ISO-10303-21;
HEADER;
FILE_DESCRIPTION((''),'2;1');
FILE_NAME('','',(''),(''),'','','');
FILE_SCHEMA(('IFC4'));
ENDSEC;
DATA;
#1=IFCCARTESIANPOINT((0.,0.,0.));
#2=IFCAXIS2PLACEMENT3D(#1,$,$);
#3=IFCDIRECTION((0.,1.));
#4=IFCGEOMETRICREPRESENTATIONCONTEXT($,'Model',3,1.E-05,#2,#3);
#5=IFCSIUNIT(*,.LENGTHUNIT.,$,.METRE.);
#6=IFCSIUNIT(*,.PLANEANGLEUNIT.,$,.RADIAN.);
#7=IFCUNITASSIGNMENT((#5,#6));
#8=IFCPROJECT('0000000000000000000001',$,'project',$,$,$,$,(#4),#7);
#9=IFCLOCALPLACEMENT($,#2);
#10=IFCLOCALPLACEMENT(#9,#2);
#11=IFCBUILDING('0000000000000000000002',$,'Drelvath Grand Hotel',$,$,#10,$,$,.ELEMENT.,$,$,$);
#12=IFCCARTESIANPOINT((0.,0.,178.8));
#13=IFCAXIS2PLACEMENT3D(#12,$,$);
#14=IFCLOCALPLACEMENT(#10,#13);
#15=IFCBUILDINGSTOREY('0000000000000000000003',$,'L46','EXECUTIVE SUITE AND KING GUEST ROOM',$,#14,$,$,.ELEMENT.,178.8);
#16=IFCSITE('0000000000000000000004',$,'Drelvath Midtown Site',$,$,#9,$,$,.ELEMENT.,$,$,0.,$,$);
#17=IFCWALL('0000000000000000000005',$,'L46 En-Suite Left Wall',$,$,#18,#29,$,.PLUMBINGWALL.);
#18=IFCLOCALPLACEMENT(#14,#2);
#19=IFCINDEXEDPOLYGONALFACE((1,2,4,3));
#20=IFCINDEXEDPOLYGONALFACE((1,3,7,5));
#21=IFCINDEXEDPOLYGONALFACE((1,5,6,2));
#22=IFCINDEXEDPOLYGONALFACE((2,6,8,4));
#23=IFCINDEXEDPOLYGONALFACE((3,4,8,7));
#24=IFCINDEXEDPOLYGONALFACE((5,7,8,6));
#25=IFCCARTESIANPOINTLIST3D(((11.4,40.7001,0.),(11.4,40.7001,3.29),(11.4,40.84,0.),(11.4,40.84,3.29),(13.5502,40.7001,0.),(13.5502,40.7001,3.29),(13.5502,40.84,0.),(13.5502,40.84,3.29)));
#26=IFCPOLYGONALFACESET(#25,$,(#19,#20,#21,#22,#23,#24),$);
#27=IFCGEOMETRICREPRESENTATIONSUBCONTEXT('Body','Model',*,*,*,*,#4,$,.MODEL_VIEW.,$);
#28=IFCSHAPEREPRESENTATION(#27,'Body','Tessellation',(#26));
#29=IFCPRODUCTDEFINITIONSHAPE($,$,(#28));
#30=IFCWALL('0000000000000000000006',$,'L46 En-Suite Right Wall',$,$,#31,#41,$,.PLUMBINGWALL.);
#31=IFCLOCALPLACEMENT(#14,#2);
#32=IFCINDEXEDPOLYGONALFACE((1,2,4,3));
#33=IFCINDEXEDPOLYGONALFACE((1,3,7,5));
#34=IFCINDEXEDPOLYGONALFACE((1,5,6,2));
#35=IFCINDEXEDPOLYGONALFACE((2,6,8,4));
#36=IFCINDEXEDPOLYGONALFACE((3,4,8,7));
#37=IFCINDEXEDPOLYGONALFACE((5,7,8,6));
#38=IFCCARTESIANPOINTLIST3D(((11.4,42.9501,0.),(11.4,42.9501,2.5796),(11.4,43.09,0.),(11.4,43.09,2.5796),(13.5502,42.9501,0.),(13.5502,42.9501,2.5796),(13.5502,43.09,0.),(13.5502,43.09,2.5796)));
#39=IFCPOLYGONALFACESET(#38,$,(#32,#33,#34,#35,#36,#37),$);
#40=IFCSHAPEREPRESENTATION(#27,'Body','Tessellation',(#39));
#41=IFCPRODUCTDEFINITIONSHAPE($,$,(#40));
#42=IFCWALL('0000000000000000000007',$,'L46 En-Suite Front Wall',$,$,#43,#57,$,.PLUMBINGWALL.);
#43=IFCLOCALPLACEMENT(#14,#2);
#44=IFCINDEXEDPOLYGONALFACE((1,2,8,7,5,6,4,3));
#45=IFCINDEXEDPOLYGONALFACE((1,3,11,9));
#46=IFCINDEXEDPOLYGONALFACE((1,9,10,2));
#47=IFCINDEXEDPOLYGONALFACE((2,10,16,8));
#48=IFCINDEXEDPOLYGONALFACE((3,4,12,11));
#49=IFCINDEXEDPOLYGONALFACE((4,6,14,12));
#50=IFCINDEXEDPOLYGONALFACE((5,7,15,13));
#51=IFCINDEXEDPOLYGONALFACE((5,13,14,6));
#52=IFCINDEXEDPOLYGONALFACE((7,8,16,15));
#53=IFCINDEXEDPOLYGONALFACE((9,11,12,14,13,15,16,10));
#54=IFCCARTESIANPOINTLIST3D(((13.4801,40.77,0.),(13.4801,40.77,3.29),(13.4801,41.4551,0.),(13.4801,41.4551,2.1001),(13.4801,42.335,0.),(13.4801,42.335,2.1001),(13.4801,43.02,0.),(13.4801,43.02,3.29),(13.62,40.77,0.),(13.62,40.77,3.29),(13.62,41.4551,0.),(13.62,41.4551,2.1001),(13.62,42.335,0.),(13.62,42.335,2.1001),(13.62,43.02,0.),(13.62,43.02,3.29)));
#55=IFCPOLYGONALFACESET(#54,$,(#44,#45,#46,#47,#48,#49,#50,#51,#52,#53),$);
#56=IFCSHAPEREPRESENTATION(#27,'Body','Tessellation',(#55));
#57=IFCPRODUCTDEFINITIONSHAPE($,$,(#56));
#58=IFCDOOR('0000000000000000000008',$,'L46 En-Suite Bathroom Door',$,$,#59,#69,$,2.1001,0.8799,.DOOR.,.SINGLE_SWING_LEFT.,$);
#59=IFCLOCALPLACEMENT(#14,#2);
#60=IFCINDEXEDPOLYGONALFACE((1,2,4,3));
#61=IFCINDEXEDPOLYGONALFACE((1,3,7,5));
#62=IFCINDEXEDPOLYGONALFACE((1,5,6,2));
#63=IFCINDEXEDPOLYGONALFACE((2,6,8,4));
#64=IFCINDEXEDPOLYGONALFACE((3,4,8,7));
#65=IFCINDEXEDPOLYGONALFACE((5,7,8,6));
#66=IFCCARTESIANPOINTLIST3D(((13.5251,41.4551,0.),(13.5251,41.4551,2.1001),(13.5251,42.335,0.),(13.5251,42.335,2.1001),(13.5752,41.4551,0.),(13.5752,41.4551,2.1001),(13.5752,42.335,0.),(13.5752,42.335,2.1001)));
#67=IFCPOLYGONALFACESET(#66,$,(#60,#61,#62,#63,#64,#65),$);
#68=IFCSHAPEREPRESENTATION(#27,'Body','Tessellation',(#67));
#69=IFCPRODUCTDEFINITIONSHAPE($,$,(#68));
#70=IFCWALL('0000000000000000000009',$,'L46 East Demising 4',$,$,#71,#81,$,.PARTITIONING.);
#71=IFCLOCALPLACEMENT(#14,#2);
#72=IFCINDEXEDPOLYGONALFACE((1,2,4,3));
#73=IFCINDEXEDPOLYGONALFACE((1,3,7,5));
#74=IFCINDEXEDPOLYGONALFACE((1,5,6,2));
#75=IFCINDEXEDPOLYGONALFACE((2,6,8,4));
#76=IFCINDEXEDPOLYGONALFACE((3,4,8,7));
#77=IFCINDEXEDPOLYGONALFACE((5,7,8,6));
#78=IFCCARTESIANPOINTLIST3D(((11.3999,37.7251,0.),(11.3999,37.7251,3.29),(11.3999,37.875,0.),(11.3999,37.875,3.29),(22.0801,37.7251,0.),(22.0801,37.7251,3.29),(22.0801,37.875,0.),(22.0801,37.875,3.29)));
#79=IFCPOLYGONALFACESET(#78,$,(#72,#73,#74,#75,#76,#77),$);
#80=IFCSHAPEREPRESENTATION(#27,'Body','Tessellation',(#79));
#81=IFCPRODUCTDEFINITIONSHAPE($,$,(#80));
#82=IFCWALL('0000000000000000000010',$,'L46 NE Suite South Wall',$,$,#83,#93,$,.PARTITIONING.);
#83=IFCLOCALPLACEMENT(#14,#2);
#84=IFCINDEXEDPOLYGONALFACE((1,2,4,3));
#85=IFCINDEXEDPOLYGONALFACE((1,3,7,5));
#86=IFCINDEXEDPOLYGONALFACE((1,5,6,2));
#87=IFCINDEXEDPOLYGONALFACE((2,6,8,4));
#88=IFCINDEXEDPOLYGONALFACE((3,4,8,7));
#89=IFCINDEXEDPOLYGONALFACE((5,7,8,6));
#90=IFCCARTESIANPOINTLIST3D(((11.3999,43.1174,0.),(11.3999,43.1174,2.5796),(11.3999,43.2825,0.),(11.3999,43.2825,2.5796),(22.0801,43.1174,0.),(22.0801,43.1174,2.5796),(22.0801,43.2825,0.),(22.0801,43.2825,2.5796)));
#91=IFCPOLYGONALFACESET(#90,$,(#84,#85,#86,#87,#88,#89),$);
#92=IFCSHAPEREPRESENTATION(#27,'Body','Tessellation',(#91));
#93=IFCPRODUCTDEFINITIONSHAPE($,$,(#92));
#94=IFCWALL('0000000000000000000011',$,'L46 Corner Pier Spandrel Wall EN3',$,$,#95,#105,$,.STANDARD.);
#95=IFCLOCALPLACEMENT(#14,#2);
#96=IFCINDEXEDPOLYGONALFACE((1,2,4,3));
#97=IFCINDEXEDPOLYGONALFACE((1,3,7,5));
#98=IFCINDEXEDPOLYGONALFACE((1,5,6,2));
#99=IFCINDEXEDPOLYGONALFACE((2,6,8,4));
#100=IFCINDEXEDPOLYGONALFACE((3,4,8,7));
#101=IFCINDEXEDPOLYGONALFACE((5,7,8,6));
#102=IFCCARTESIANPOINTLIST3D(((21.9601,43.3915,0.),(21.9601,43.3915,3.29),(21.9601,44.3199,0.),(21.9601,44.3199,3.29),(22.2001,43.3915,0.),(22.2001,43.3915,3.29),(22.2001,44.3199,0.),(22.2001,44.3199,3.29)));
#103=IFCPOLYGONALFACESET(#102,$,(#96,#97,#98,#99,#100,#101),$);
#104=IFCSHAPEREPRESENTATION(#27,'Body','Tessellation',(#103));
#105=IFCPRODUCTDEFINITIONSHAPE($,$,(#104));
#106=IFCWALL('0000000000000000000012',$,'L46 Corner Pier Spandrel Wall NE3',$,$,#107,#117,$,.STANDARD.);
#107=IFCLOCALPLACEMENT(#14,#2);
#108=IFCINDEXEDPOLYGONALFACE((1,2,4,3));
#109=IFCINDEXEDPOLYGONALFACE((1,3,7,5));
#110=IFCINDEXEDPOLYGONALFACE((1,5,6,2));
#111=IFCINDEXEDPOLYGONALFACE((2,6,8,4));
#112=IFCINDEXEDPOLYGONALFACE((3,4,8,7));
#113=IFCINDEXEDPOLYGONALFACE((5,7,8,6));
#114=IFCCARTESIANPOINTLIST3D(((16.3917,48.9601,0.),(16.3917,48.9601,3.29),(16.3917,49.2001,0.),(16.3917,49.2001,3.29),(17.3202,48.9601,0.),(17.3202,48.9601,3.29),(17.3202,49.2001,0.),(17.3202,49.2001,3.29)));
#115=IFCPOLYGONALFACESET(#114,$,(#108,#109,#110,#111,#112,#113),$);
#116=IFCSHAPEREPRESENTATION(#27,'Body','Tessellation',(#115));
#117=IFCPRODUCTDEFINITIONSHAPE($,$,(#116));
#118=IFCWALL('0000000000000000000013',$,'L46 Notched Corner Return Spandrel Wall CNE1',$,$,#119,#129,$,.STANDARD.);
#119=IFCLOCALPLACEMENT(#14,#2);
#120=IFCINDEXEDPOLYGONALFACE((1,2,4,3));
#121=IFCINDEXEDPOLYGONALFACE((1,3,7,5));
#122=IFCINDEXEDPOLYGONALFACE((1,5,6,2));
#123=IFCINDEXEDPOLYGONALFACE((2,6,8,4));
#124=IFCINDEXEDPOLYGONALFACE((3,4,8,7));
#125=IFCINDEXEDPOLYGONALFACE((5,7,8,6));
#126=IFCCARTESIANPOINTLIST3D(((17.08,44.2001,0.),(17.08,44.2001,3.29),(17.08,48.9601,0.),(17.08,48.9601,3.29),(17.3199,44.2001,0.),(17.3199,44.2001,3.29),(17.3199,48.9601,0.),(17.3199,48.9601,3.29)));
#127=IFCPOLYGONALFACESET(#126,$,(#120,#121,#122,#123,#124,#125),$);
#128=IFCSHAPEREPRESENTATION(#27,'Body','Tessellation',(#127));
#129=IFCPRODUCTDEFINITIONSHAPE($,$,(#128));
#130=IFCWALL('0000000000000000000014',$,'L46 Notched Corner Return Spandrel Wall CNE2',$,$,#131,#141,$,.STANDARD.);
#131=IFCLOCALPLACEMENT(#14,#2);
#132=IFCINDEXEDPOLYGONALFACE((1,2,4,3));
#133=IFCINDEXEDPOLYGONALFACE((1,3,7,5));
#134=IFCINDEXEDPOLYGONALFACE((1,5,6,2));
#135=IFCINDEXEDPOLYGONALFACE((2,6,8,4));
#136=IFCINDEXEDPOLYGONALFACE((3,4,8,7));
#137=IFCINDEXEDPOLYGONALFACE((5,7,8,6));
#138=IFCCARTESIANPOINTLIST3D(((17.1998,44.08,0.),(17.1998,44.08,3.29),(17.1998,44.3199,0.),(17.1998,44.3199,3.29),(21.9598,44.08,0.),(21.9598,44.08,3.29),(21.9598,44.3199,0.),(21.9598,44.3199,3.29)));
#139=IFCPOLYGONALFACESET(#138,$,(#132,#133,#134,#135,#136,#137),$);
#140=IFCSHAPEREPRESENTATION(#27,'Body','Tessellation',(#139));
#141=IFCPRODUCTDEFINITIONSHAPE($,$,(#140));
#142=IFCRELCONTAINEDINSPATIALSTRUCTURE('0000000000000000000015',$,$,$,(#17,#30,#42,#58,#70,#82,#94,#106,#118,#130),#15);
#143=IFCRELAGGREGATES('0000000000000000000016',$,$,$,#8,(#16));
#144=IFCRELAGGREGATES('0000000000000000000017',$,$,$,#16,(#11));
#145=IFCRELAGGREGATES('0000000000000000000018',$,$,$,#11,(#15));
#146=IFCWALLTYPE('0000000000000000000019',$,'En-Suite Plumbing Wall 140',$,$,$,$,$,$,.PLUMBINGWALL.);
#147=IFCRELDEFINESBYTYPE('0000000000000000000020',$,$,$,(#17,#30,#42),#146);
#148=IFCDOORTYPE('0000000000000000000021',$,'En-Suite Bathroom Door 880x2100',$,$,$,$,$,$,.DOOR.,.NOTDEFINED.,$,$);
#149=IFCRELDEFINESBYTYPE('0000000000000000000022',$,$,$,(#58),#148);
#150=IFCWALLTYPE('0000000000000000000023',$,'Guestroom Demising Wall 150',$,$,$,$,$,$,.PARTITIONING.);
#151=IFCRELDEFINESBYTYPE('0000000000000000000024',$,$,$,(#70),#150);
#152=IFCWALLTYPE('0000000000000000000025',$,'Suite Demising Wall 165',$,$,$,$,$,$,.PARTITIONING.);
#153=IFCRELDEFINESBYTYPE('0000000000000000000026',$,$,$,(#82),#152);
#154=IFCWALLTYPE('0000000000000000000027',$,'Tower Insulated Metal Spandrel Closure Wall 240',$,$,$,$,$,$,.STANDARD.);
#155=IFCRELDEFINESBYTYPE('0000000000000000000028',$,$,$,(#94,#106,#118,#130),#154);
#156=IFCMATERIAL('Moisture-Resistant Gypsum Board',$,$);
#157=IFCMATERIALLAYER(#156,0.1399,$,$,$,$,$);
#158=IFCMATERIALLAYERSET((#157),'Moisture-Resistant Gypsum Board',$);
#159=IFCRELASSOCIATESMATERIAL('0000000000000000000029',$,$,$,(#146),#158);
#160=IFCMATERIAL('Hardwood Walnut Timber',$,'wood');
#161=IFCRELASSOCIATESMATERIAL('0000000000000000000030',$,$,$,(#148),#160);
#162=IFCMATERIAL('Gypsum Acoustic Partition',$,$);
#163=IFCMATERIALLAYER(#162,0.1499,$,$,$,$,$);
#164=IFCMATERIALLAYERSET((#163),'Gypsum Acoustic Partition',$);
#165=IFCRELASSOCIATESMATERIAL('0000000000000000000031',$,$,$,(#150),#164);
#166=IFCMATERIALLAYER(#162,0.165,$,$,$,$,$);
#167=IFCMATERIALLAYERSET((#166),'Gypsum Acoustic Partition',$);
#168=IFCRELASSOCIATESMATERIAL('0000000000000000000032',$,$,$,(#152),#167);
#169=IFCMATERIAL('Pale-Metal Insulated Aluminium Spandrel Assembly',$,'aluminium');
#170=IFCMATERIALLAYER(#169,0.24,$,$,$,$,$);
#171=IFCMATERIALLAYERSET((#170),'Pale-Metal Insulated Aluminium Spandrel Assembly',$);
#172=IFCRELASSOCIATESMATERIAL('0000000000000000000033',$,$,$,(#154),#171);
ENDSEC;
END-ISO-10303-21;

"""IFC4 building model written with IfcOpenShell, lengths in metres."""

from ifc_helpers import new_model, si_unit, direction, frame, frame_2d, origin, place, context, subcontext, project, spatial, rectangle, extrude, material, layer, layer_set, type_object, element, fill, save


model = new_model("IFC4")

# Units and contexts
model_context = context("Model", 3, precision=1e-05, world=origin(), true_north=direction((0.0, 1.0)))
body_context = subcontext(model_context, "Body", "Model", "MODEL_VIEW")
ifc_project = project(units=[si_unit("LENGTHUNIT", "METRE"), si_unit("PLANEANGLEUNIT", "RADIAN")], contexts=[model_context])

# Site, building, storey
site_placement = place(None, origin())
site = spatial("IfcSite", under=ifc_project, at=site_placement, Name="Drelvath Midtown Site", CompositionType="ELEMENT", RefElevation=0.0)
building_placement = place(site_placement, origin())
building = spatial("IfcBuilding", under=site, at=building_placement, Name="Drelvath Grand Hotel", CompositionType="ELEMENT")
storey_placement = place(building_placement, frame((0.0, 0.0, 178.8)))
storey = spatial("IfcBuildingStorey", under=building, at=storey_placement, Name="L46", Description="EXECUTIVE SUITE AND KING GUEST ROOM", CompositionType="ELEMENT", Elevation=178.8)

# Shared definitions
ifc_material_1 = material(Name="Moisture-Resistant Gypsum Board")
ifc_layer_1 = layer(ifc_material_1, 0.1399)
ifc_layer_set_1 = layer_set([ifc_layer_1], Name="Moisture-Resistant Gypsum Board")
wall_type_1 = type_object("IfcWallType", Name="En-Suite Plumbing Wall 140", PredefinedType="PLUMBINGWALL", material=ifc_layer_set_1)

# Shared definitions
ifc_material_2 = material(Name="Hardwood Walnut Timber", Category="wood")
door_type = type_object("IfcDoorType", Name="En-Suite Bathroom Door 880x2100", OperationType="NOTDEFINED", PredefinedType="DOOR", material=ifc_material_2)

# Walls
wall_1_placement = place(storey_placement, frame((11.3999, 40.77, 0.0), z_axis=(0.0, 0.0, 1.0), x_axis=(1.0, 0.0, 0.0)))
element("IfcWall", 1, at=wall_1_placement, inside=storey, type_object=wall_type_1, Name="L46 En-Suite Left Wall", PredefinedType="PLUMBINGWALL", context=body_context, shape_type="SweptSolid", body=[
    extrude(rectangle(XDim=2.1501, YDim=0.1399, at=frame_2d((1.0752, 0.0))), origin(), (0.0, 0.0, 1.0), 3.29),
])
wall_2_placement = place(storey_placement, frame((11.3999, 43.02, 0.0), z_axis=(0.0, 0.0, 1.0), x_axis=(1.0, 0.0, 0.0)))
element("IfcWall", 2, at=wall_2_placement, inside=storey, type_object=wall_type_1, Name="L46 En-Suite Right Wall", PredefinedType="PLUMBINGWALL", context=body_context, shape_type="SweptSolid", body=[
    extrude(rectangle(XDim=2.1501, YDim=0.1399, at=frame_2d((1.0752, 0.0))), origin(), (0.0, 0.0, 1.0), 2.5796),
])

# Wall, opening, door
wall_3_placement = place(storey_placement, frame((13.55, 40.77, 0.0), z_axis=(0.0, 0.0, 1.0), x_axis=(0.0, 1.0, 0.0)))
wall_3 = element("IfcWall", 3, at=wall_3_placement, inside=storey, type_object=wall_type_1, Name="L46 En-Suite Front Wall", PredefinedType="PLUMBINGWALL", context=body_context, shape_type="SweptSolid", body=[
    extrude(rectangle(XDim=2.25, YDim=0.1399, at=frame_2d((1.125, 0.0))), origin(), (0.0, 0.0, 1.0), 3.29),
])
opening_1_placement = place(wall_3_placement, frame((0.6851, 0.0, 0.0)))
opening_1 = element("IfcOpeningElement", 4, at=opening_1_placement, cuts=wall_3, PredefinedType="OPENING", context=body_context, shape_type="SweptSolid", body=[
    extrude(rectangle(XDim=0.8799, YDim=2.1001, at=frame_2d((0.4399, 1.05))), frame((0.0, 0.0798, 0.0), z_axis=(0.0, -1.0, 0.0), x_axis=(1.0, 0.0, 0.0)), (0.0, 0.0, 1.0), 0.1599),
])
door_1_placement = place(opening_1_placement, origin())
door_1 = element("IfcDoor", 5, at=door_1_placement, inside=storey, type_object=door_type, Name="L46 En-Suite Bathroom Door", OperationType="SINGLE_SWING_LEFT", OverallHeight=2.1001, OverallWidth=0.8799, PredefinedType="DOOR", context=body_context, shape_type="SweptSolid", body=[
    extrude(rectangle(XDim=0.8799, YDim=2.1001, at=frame_2d((0.4399, 1.05))), frame((0.0, 0.0249, 0.0), z_axis=(0.0, -1.0, 0.0), x_axis=(1.0, 0.0, 0.0)), (0.0, 0.0, 1.0), 0.05),
])
fill(opening_1, door_1)

# Walls
ifc_material_3 = material(Name="Gypsum Acoustic Partition")
ifc_layer_2 = layer(ifc_material_3, 0.1499)
ifc_layer_set_2 = layer_set([ifc_layer_2], Name="Gypsum Acoustic Partition")
wall_type_2 = type_object("IfcWallType", Name="Guestroom Demising Wall 150", PredefinedType="PARTITIONING", material=ifc_layer_set_2)
wall_4_placement = place(storey_placement, frame((11.3999, 37.8, 0.0), z_axis=(0.0, 0.0, 1.0), x_axis=(1.0, 0.0, 0.0)))
element("IfcWall", 6, at=wall_4_placement, inside=storey, type_object=wall_type_2, Name="L46 East Demising 4", PredefinedType="PARTITIONING", context=body_context, shape_type="SweptSolid", body=[
    extrude(rectangle(XDim=10.6802, YDim=0.1499, at=frame_2d((5.3401, 0.0))), origin(), (0.0, 0.0, 1.0), 3.29),
])
ifc_layer_3 = layer(ifc_material_3, 0.165)
ifc_layer_set_3 = layer_set([ifc_layer_3], Name="Gypsum Acoustic Partition")
wall_type_3 = type_object("IfcWallType", Name="Suite Demising Wall 165", PredefinedType="PARTITIONING", material=ifc_layer_set_3)
wall_5_placement = place(storey_placement, frame((11.3999, 43.2, 0.0), z_axis=(0.0, 0.0, 1.0), x_axis=(1.0, 0.0, 0.0)))
element("IfcWall", 7, at=wall_5_placement, inside=storey, type_object=wall_type_3, Name="L46 NE Suite South Wall", PredefinedType="PARTITIONING", context=body_context, shape_type="SweptSolid", body=[
    extrude(rectangle(XDim=10.6802, YDim=0.165, at=frame_2d((5.3401, 0.0))), origin(), (0.0, 0.0, 1.0), 2.5796),
])
ifc_material_4 = material(Name="Pale-Metal Insulated Aluminium Spandrel Assembly", Category="aluminium")
ifc_layer_4 = layer(ifc_material_4, 0.24)
ifc_layer_set_4 = layer_set([ifc_layer_4], Name="Pale-Metal Insulated Aluminium Spandrel Assembly")
wall_type_4 = type_object("IfcWallType", Name="Tower Insulated Metal Spandrel Closure Wall 240", PredefinedType="STANDARD", material=ifc_layer_set_4)
for number, where, z_axis, x_axis, name in (
    (8, (22.0801, 44.3201, 0.0), (0.0, 0.0, 1.0), (0.0, -1.0, 0.0), "L46 Corner Pier Spandrel Wall EN3"),
    (9, (16.3916, 49.0801, 0.0), (0.0, 0.0, 1.0), (1.0, 0.0, 0.0), "L46 Corner Pier Spandrel Wall NE3"),
):
    element("IfcWall", number, at=place(storey_placement, frame(where, z_axis=z_axis, x_axis=x_axis)), inside=storey, type_object=wall_type_4, Name=name, PredefinedType="STANDARD", context=body_context, shape_type="SweptSolid", body=[
        extrude(rectangle(XDim=0.9285, YDim=0.24, at=frame_2d((0.4644, 0.0))), origin(), (0.0, 0.0, 1.0), 3.29),
    ])
for number, where, z_axis, x_axis, name in (
    (10, (17.2, 48.96, 0.0), (0.0, 0.0, 1.0), (0.0, -1.0, 0.0), "L46 Notched Corner Return Spandrel Wall CNE1"),
    (11, (17.2, 44.2, 0.0), (0.0, 0.0, 1.0), (1.0, 0.0, 0.0), "L46 Notched Corner Return Spandrel Wall CNE2"),
):
    element("IfcWall", number, at=place(storey_placement, frame(where, z_axis=z_axis, x_axis=x_axis)), inside=storey, type_object=wall_type_4, Name=name, PredefinedType="STANDARD", context=body_context, shape_type="SweptSolid", body=[
        extrude(rectangle(XDim=4.76, YDim=0.24, at=frame_2d((2.3799, 0.0))), origin(), (0.0, 0.0, 1.0), 3.29),
    ])

save(model, "model.ifc")
